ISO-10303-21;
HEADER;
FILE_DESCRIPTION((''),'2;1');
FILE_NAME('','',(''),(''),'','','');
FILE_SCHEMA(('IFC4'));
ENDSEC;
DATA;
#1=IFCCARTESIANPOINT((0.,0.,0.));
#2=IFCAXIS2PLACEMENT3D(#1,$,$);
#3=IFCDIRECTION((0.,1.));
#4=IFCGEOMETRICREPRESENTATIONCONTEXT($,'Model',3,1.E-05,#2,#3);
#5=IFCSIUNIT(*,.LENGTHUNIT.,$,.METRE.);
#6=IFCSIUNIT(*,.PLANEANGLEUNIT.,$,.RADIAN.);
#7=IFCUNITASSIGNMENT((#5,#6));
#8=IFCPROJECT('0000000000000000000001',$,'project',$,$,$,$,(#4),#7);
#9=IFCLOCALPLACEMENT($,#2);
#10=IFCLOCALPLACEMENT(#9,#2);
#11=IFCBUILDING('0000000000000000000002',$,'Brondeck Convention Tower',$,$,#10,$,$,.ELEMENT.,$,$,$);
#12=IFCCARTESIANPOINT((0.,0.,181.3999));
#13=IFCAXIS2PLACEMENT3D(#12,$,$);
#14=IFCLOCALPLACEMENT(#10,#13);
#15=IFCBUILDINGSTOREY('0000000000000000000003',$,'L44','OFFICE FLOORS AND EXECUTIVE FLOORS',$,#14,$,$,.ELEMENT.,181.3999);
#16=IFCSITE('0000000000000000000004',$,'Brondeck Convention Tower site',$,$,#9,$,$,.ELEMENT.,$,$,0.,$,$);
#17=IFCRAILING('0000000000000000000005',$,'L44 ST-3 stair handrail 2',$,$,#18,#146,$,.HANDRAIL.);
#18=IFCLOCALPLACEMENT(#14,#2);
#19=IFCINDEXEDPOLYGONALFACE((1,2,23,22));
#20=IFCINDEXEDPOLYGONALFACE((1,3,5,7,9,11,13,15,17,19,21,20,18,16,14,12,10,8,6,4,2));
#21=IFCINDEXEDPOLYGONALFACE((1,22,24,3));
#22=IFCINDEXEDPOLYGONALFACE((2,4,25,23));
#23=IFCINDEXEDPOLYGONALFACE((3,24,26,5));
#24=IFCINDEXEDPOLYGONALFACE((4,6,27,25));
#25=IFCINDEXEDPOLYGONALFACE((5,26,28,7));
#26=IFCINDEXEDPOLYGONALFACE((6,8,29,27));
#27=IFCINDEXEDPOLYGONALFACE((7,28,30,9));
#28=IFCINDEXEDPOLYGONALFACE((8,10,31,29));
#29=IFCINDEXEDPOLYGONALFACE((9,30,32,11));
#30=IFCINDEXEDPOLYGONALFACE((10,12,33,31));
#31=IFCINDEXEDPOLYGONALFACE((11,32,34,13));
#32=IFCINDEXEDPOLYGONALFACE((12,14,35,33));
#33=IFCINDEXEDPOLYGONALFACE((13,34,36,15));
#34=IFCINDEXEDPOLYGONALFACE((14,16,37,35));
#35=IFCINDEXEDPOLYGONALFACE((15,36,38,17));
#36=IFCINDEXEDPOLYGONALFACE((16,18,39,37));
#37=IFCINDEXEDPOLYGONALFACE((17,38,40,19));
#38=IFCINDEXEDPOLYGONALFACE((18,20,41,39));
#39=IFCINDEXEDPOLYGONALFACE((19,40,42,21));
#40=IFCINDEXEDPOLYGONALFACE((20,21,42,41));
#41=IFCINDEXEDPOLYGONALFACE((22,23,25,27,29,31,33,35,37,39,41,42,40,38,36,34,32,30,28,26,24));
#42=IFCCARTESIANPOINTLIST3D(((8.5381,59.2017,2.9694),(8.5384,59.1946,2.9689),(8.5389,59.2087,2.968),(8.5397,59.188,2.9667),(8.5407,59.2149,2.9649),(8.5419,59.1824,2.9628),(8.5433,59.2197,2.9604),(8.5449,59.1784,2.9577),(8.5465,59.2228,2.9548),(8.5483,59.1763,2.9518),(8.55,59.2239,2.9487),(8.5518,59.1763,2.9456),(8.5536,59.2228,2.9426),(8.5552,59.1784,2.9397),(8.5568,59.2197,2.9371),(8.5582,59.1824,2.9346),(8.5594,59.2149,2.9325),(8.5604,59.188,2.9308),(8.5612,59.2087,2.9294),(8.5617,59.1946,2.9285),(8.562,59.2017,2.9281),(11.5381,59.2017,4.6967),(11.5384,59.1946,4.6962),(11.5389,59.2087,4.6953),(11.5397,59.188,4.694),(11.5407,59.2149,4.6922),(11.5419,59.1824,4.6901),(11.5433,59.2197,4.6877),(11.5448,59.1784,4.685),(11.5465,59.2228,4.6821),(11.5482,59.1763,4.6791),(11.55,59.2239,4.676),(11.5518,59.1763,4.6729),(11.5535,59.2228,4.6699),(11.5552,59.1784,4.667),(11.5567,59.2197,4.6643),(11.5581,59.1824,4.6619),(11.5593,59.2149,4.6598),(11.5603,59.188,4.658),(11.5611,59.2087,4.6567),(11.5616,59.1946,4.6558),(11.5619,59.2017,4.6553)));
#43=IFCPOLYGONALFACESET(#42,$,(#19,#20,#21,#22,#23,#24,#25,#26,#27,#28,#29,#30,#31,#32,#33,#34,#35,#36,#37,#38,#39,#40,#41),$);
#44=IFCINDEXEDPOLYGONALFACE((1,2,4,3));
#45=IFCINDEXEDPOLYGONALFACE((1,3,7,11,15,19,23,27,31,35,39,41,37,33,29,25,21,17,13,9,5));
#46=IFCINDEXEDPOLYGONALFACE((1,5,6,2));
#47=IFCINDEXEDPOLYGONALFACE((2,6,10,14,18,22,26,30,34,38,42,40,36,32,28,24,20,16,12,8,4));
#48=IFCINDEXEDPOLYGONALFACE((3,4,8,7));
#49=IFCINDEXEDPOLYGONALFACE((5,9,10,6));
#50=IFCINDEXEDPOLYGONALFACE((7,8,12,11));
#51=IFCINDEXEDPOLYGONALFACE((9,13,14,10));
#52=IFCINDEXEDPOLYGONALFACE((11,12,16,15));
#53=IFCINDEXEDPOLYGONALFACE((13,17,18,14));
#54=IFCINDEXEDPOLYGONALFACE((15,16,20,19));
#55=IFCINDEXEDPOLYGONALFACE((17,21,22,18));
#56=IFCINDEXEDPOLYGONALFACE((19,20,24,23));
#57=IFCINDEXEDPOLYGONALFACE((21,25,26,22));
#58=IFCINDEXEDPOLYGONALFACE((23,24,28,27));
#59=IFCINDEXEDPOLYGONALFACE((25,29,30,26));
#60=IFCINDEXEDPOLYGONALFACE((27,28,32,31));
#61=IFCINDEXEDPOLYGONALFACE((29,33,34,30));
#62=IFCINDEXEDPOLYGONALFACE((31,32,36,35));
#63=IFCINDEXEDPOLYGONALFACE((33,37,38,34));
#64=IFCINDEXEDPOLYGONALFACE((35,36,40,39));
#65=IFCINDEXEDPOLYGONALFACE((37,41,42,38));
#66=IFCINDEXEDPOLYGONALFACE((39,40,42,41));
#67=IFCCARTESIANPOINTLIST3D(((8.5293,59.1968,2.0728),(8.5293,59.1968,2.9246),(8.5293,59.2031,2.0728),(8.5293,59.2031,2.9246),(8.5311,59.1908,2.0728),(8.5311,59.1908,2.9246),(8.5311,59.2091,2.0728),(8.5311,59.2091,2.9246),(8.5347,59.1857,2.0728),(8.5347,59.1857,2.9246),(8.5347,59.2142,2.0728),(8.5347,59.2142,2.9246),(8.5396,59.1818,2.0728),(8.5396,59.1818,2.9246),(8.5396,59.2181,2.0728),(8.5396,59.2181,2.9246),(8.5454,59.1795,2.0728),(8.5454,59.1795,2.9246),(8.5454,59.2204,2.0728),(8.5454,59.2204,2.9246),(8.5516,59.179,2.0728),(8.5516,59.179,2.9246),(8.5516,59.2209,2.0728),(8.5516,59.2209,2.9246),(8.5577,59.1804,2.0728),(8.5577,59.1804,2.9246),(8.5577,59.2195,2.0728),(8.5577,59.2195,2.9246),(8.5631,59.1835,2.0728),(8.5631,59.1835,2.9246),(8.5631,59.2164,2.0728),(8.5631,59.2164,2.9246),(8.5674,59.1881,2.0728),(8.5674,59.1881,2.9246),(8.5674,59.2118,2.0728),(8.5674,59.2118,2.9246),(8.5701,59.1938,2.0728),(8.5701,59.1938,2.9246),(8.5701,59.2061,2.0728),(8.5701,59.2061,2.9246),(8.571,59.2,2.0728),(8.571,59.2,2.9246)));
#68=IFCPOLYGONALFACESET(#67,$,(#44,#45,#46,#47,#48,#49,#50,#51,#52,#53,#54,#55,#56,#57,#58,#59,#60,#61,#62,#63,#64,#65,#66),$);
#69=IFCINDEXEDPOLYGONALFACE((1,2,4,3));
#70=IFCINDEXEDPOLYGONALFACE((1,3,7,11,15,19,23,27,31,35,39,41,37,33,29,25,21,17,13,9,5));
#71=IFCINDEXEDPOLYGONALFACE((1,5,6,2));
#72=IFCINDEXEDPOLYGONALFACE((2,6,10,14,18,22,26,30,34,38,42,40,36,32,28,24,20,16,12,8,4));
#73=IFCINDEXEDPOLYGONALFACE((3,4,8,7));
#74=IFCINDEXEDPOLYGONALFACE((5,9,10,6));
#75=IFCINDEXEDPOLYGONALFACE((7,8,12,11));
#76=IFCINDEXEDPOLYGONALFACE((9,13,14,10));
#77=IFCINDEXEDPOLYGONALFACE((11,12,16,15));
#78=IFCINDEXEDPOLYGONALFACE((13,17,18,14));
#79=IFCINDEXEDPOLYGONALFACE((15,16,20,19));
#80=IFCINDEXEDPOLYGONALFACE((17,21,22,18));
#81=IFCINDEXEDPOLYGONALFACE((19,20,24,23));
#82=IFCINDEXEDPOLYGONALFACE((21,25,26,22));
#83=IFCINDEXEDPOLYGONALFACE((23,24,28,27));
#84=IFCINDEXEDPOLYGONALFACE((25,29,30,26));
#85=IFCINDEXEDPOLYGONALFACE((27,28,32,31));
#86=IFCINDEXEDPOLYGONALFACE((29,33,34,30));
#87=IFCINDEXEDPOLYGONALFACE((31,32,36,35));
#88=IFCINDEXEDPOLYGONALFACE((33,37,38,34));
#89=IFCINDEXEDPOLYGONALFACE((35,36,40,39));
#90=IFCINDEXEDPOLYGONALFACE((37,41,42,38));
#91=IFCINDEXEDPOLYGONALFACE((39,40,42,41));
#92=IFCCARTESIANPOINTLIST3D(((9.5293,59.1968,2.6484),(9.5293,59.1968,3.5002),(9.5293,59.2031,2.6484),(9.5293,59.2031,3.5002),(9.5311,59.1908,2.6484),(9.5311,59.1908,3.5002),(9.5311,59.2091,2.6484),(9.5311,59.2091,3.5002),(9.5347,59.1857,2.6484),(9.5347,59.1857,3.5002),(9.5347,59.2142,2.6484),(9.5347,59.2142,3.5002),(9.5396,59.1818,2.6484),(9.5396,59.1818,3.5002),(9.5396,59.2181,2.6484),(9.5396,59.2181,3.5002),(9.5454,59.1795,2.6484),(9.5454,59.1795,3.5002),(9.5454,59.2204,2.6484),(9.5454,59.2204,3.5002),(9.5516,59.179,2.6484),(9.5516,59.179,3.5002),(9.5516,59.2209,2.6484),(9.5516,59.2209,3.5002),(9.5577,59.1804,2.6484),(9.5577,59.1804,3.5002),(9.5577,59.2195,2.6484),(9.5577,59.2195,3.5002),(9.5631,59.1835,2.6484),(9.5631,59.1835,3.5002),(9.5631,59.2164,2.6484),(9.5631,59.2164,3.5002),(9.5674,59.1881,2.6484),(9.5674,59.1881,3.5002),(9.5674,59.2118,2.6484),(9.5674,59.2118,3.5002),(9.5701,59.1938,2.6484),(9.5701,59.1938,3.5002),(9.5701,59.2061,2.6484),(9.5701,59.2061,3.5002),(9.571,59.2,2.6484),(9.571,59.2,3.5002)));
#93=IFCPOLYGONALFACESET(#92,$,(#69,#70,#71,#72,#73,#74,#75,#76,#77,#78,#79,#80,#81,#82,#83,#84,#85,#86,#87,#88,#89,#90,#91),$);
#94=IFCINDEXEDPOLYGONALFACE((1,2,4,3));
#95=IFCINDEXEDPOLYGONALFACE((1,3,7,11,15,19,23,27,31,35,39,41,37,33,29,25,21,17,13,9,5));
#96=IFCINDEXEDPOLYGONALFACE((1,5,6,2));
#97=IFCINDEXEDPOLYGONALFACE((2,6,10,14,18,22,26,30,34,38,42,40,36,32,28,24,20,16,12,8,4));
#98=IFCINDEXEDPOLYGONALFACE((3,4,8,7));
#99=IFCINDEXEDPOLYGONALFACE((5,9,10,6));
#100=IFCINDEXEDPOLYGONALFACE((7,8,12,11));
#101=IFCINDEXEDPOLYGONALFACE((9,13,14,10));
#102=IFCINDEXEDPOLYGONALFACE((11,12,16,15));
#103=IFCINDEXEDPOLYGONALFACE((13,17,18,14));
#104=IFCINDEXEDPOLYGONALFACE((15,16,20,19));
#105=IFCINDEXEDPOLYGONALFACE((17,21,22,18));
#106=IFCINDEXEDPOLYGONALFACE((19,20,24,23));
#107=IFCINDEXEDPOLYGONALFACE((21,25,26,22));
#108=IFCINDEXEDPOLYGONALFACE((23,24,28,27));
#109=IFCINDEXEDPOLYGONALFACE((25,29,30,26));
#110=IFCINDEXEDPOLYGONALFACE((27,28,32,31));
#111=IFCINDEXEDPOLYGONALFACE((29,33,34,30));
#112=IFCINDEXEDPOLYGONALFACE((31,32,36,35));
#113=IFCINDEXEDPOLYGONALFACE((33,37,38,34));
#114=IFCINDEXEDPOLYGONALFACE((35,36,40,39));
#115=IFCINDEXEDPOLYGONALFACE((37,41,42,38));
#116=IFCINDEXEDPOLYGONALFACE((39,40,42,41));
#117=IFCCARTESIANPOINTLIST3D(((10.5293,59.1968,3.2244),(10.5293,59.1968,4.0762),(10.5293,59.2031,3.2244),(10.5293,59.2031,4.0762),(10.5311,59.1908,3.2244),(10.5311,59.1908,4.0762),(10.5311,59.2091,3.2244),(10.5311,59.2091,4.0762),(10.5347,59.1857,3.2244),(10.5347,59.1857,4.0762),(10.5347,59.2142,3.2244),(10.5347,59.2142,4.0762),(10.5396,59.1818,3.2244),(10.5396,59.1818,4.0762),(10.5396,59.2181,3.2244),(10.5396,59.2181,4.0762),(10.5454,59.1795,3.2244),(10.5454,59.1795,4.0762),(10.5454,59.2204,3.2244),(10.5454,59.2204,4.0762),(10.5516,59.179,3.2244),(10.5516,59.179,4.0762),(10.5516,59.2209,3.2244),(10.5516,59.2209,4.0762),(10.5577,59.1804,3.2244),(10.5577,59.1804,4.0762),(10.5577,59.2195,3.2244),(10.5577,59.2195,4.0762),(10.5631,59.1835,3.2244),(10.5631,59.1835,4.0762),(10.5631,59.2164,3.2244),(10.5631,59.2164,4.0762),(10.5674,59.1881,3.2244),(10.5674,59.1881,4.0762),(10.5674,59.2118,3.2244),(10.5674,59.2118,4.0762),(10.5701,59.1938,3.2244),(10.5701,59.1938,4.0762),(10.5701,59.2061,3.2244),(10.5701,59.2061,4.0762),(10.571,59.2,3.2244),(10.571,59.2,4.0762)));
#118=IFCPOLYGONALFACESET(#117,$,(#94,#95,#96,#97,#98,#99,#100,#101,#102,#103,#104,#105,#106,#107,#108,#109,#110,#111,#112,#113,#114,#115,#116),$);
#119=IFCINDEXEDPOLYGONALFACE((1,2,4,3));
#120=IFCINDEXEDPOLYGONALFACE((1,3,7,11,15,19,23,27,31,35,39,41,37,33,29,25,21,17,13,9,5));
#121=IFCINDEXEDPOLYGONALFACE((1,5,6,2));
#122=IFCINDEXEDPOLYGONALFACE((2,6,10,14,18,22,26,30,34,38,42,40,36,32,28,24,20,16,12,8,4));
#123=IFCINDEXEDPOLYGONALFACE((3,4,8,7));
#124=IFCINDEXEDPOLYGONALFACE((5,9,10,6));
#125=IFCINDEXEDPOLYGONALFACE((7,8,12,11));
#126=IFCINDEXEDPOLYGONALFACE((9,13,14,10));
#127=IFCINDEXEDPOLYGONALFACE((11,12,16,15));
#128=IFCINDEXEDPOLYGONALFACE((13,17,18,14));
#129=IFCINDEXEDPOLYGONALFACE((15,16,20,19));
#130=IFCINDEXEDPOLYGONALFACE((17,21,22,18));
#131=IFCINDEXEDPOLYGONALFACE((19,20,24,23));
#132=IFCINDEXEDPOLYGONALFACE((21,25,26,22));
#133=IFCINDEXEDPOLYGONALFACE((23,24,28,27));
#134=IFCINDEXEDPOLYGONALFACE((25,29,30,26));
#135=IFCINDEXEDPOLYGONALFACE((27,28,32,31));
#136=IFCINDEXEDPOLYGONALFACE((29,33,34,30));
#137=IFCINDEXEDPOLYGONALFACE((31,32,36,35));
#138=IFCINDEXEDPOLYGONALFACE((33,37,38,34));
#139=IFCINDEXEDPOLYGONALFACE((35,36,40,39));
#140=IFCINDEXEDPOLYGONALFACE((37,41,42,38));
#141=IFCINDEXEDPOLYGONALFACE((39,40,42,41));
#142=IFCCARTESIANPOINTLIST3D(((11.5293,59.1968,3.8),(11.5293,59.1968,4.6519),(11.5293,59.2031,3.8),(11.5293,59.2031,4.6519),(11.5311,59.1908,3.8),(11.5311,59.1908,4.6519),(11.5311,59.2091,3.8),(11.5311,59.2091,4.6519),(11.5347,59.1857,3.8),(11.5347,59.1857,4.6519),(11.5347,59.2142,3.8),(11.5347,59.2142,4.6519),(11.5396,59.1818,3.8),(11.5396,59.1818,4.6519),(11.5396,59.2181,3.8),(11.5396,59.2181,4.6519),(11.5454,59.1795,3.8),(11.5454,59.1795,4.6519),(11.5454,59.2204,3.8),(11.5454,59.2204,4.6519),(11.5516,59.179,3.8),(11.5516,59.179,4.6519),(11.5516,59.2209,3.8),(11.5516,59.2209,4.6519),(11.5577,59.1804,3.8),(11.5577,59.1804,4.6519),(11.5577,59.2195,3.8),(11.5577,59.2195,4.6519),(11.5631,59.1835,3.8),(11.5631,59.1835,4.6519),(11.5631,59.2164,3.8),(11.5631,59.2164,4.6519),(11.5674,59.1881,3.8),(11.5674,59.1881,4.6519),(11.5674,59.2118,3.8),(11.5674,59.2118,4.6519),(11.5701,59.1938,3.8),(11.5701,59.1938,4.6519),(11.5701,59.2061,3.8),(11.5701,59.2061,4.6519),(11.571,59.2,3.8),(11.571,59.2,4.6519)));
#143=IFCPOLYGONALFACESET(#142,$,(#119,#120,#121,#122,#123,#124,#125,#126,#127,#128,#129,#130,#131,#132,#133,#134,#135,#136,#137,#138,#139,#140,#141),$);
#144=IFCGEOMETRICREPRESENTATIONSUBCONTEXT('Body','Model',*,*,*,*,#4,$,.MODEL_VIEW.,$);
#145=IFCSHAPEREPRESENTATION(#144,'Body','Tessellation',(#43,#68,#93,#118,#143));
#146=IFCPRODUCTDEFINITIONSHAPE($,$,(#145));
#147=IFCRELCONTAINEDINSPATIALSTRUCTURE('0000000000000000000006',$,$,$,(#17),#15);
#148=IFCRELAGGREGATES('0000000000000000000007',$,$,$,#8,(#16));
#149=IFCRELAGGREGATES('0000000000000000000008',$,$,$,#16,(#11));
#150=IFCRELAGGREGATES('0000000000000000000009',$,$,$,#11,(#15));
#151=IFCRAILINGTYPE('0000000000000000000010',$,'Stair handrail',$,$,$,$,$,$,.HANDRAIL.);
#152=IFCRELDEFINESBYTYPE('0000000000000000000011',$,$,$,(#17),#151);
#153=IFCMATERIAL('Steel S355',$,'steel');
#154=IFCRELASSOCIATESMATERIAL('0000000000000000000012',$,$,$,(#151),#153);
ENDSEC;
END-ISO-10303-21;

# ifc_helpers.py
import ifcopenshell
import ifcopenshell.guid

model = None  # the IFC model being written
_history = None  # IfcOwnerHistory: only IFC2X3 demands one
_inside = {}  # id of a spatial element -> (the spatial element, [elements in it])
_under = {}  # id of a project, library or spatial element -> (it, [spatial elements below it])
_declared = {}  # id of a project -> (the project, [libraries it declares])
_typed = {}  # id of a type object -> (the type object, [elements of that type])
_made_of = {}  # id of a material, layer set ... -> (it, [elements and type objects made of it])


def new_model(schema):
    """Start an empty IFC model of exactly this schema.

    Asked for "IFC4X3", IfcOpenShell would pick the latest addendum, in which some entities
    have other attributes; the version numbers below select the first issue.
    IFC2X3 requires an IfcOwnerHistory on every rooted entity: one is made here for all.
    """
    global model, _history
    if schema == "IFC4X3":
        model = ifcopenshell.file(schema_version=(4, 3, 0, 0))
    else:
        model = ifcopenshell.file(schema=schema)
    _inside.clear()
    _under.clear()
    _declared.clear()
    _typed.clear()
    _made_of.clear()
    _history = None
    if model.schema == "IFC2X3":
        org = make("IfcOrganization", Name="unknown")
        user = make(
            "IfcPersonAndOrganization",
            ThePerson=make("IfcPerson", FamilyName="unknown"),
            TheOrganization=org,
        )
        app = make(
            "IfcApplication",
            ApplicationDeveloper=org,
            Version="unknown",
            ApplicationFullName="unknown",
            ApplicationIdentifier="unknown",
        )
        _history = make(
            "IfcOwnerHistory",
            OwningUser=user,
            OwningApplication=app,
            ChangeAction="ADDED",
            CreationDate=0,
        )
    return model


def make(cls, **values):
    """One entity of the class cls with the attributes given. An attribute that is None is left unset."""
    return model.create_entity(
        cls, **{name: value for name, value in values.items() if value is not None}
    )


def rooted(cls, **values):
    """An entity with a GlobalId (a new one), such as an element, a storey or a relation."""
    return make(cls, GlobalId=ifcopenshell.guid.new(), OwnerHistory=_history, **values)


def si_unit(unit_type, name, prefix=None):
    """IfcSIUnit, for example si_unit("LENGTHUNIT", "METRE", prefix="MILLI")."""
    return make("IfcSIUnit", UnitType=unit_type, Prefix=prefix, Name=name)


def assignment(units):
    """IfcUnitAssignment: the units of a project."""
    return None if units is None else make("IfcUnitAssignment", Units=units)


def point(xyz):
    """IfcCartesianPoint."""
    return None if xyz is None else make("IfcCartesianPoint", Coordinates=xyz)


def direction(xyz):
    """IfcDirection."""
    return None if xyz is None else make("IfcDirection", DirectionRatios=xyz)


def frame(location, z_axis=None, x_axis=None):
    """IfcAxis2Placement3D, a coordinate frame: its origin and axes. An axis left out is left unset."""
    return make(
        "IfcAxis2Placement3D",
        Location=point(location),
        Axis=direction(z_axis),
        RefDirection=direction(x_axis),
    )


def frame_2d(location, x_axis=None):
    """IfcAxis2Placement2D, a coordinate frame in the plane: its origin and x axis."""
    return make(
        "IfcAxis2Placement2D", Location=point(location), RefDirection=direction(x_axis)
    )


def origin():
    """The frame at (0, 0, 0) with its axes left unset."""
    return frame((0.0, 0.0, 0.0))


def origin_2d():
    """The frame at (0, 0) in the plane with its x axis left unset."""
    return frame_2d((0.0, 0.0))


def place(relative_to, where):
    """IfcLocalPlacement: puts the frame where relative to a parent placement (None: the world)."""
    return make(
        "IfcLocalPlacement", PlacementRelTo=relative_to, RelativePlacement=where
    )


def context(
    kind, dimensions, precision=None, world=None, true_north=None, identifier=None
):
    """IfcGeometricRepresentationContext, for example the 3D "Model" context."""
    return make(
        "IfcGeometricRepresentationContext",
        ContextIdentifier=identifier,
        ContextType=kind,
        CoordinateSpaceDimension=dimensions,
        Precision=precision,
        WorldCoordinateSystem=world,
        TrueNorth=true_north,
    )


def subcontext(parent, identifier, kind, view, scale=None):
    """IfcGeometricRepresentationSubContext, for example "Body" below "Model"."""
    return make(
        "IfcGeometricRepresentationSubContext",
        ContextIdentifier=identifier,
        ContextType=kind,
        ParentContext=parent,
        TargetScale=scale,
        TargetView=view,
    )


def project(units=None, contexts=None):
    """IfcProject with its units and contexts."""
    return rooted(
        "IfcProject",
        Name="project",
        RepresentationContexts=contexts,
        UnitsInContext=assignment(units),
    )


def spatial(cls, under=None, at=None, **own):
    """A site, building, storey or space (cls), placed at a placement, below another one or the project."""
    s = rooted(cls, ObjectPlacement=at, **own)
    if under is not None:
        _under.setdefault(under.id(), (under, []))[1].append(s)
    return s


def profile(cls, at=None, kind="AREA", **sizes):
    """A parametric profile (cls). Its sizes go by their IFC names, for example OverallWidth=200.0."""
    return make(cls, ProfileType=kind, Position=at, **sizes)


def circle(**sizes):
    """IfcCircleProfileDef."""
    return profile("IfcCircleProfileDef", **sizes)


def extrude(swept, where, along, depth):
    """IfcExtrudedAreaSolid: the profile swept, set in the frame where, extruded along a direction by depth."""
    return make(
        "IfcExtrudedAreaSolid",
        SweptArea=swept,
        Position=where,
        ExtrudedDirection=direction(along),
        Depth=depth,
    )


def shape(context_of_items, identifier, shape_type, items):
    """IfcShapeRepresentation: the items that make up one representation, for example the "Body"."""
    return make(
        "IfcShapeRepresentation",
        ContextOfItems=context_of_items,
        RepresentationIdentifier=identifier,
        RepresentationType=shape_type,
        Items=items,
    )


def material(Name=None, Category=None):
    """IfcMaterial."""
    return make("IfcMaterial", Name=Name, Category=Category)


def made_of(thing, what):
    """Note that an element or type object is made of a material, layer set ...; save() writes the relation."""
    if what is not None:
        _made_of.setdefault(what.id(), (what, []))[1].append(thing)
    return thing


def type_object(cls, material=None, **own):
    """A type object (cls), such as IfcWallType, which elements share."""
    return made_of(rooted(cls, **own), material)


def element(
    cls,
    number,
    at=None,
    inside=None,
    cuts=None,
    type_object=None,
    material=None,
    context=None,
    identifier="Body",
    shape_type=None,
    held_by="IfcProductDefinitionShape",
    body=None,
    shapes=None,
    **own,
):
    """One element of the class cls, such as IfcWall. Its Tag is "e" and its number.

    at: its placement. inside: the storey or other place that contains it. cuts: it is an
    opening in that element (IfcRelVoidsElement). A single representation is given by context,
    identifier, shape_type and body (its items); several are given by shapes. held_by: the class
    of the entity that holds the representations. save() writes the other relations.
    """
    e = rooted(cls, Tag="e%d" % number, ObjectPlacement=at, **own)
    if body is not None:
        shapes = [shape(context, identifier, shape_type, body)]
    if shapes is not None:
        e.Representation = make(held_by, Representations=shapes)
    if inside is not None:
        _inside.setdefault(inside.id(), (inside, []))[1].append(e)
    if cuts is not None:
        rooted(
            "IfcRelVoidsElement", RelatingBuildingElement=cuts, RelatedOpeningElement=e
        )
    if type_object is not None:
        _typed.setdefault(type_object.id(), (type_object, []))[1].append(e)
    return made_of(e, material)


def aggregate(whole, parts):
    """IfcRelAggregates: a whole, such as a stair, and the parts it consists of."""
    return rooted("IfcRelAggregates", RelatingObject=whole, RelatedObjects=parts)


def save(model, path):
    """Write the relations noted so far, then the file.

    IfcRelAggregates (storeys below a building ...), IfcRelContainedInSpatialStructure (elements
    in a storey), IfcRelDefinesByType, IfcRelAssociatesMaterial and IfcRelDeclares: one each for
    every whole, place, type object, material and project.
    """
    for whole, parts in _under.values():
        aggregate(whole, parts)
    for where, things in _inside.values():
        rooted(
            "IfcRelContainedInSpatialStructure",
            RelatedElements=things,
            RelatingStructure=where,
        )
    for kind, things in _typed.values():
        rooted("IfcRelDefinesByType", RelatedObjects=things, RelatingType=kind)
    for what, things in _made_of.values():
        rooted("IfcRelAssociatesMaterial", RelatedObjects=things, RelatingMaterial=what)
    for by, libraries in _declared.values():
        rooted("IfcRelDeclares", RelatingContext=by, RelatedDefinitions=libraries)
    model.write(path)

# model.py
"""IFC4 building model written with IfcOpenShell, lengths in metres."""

from ifc_helpers import new_model, si_unit, direction, frame, origin, origin_2d, place, context, subcontext, project, spatial, circle, extrude, material, type_object, element, save


model = new_model("IFC4")

# Units and contexts
model_context = context("Model", 3, precision=1e-05, world=origin(), true_north=direction((0.0, 1.0)))
body_context = subcontext(model_context, "Body", "Model", "MODEL_VIEW")
ifc_project = project(units=[si_unit("LENGTHUNIT", "METRE"), si_unit("PLANEANGLEUNIT", "RADIAN")], contexts=[model_context])

# Site, building, storey
site_placement = place(None, origin())
site = spatial("IfcSite", under=ifc_project, at=site_placement, Name="Brondeck Convention Tower site", CompositionType="ELEMENT", RefElevation=0.0)
building_placement = place(site_placement, origin())
building = spatial("IfcBuilding", under=site, at=building_placement, Name="Brondeck Convention Tower", CompositionType="ELEMENT")
storey_placement = place(building_placement, frame((0.0, 0.0, 181.3999)))
storey = spatial("IfcBuildingStorey", under=building, at=storey_placement, Name="L44", Description="OFFICE FLOORS AND EXECUTIVE FLOORS", CompositionType="ELEMENT", Elevation=181.3999)

# Railing
ifc_material_1 = material(Name="Steel S355", Category="steel")
railing_type_1 = type_object("IfcRailingType", Name="Stair handrail", PredefinedType="HANDRAIL", material=ifc_material_1)
railing_1_placement = place(storey_placement, frame((8.55, 59.2, 2.0728)))
element("IfcRailing", 1, at=railing_1_placement, inside=storey, type_object=railing_type_1, Name="L44 ST-3 stair handrail 2", PredefinedType="HANDRAIL", context=body_context, shape_type="SweptSolid", body=[
    extrude(circle(Radius=0.0239, at=origin_2d()), frame((0.0, 0.0, 0.876), z_axis=(0.86662, 0.0, 0.498969), x_axis=(0.0, 1.0, 0.0)), (0.0, 0.0, 1.0), 3.4617),
    extrude(circle(Radius=0.021, at=origin_2d()), origin(), (0.0, 0.0, 1.0), 0.8518),
    extrude(circle(Radius=0.021, at=origin_2d()), frame((1.0, 0.0, 0.5757)), (0.0, 0.0, 1.0), 0.8518),
    extrude(circle(Radius=0.021, at=origin_2d()), frame((2.0, 0.0, 1.1516)), (0.0, 0.0, 1.0), 0.8518),
    extrude(circle(Radius=0.021, at=origin_2d()), frame((3.0, 0.0, 1.7273)), (0.0, 0.0, 1.0), 0.8518),
])

save(model, "model.ifc")
